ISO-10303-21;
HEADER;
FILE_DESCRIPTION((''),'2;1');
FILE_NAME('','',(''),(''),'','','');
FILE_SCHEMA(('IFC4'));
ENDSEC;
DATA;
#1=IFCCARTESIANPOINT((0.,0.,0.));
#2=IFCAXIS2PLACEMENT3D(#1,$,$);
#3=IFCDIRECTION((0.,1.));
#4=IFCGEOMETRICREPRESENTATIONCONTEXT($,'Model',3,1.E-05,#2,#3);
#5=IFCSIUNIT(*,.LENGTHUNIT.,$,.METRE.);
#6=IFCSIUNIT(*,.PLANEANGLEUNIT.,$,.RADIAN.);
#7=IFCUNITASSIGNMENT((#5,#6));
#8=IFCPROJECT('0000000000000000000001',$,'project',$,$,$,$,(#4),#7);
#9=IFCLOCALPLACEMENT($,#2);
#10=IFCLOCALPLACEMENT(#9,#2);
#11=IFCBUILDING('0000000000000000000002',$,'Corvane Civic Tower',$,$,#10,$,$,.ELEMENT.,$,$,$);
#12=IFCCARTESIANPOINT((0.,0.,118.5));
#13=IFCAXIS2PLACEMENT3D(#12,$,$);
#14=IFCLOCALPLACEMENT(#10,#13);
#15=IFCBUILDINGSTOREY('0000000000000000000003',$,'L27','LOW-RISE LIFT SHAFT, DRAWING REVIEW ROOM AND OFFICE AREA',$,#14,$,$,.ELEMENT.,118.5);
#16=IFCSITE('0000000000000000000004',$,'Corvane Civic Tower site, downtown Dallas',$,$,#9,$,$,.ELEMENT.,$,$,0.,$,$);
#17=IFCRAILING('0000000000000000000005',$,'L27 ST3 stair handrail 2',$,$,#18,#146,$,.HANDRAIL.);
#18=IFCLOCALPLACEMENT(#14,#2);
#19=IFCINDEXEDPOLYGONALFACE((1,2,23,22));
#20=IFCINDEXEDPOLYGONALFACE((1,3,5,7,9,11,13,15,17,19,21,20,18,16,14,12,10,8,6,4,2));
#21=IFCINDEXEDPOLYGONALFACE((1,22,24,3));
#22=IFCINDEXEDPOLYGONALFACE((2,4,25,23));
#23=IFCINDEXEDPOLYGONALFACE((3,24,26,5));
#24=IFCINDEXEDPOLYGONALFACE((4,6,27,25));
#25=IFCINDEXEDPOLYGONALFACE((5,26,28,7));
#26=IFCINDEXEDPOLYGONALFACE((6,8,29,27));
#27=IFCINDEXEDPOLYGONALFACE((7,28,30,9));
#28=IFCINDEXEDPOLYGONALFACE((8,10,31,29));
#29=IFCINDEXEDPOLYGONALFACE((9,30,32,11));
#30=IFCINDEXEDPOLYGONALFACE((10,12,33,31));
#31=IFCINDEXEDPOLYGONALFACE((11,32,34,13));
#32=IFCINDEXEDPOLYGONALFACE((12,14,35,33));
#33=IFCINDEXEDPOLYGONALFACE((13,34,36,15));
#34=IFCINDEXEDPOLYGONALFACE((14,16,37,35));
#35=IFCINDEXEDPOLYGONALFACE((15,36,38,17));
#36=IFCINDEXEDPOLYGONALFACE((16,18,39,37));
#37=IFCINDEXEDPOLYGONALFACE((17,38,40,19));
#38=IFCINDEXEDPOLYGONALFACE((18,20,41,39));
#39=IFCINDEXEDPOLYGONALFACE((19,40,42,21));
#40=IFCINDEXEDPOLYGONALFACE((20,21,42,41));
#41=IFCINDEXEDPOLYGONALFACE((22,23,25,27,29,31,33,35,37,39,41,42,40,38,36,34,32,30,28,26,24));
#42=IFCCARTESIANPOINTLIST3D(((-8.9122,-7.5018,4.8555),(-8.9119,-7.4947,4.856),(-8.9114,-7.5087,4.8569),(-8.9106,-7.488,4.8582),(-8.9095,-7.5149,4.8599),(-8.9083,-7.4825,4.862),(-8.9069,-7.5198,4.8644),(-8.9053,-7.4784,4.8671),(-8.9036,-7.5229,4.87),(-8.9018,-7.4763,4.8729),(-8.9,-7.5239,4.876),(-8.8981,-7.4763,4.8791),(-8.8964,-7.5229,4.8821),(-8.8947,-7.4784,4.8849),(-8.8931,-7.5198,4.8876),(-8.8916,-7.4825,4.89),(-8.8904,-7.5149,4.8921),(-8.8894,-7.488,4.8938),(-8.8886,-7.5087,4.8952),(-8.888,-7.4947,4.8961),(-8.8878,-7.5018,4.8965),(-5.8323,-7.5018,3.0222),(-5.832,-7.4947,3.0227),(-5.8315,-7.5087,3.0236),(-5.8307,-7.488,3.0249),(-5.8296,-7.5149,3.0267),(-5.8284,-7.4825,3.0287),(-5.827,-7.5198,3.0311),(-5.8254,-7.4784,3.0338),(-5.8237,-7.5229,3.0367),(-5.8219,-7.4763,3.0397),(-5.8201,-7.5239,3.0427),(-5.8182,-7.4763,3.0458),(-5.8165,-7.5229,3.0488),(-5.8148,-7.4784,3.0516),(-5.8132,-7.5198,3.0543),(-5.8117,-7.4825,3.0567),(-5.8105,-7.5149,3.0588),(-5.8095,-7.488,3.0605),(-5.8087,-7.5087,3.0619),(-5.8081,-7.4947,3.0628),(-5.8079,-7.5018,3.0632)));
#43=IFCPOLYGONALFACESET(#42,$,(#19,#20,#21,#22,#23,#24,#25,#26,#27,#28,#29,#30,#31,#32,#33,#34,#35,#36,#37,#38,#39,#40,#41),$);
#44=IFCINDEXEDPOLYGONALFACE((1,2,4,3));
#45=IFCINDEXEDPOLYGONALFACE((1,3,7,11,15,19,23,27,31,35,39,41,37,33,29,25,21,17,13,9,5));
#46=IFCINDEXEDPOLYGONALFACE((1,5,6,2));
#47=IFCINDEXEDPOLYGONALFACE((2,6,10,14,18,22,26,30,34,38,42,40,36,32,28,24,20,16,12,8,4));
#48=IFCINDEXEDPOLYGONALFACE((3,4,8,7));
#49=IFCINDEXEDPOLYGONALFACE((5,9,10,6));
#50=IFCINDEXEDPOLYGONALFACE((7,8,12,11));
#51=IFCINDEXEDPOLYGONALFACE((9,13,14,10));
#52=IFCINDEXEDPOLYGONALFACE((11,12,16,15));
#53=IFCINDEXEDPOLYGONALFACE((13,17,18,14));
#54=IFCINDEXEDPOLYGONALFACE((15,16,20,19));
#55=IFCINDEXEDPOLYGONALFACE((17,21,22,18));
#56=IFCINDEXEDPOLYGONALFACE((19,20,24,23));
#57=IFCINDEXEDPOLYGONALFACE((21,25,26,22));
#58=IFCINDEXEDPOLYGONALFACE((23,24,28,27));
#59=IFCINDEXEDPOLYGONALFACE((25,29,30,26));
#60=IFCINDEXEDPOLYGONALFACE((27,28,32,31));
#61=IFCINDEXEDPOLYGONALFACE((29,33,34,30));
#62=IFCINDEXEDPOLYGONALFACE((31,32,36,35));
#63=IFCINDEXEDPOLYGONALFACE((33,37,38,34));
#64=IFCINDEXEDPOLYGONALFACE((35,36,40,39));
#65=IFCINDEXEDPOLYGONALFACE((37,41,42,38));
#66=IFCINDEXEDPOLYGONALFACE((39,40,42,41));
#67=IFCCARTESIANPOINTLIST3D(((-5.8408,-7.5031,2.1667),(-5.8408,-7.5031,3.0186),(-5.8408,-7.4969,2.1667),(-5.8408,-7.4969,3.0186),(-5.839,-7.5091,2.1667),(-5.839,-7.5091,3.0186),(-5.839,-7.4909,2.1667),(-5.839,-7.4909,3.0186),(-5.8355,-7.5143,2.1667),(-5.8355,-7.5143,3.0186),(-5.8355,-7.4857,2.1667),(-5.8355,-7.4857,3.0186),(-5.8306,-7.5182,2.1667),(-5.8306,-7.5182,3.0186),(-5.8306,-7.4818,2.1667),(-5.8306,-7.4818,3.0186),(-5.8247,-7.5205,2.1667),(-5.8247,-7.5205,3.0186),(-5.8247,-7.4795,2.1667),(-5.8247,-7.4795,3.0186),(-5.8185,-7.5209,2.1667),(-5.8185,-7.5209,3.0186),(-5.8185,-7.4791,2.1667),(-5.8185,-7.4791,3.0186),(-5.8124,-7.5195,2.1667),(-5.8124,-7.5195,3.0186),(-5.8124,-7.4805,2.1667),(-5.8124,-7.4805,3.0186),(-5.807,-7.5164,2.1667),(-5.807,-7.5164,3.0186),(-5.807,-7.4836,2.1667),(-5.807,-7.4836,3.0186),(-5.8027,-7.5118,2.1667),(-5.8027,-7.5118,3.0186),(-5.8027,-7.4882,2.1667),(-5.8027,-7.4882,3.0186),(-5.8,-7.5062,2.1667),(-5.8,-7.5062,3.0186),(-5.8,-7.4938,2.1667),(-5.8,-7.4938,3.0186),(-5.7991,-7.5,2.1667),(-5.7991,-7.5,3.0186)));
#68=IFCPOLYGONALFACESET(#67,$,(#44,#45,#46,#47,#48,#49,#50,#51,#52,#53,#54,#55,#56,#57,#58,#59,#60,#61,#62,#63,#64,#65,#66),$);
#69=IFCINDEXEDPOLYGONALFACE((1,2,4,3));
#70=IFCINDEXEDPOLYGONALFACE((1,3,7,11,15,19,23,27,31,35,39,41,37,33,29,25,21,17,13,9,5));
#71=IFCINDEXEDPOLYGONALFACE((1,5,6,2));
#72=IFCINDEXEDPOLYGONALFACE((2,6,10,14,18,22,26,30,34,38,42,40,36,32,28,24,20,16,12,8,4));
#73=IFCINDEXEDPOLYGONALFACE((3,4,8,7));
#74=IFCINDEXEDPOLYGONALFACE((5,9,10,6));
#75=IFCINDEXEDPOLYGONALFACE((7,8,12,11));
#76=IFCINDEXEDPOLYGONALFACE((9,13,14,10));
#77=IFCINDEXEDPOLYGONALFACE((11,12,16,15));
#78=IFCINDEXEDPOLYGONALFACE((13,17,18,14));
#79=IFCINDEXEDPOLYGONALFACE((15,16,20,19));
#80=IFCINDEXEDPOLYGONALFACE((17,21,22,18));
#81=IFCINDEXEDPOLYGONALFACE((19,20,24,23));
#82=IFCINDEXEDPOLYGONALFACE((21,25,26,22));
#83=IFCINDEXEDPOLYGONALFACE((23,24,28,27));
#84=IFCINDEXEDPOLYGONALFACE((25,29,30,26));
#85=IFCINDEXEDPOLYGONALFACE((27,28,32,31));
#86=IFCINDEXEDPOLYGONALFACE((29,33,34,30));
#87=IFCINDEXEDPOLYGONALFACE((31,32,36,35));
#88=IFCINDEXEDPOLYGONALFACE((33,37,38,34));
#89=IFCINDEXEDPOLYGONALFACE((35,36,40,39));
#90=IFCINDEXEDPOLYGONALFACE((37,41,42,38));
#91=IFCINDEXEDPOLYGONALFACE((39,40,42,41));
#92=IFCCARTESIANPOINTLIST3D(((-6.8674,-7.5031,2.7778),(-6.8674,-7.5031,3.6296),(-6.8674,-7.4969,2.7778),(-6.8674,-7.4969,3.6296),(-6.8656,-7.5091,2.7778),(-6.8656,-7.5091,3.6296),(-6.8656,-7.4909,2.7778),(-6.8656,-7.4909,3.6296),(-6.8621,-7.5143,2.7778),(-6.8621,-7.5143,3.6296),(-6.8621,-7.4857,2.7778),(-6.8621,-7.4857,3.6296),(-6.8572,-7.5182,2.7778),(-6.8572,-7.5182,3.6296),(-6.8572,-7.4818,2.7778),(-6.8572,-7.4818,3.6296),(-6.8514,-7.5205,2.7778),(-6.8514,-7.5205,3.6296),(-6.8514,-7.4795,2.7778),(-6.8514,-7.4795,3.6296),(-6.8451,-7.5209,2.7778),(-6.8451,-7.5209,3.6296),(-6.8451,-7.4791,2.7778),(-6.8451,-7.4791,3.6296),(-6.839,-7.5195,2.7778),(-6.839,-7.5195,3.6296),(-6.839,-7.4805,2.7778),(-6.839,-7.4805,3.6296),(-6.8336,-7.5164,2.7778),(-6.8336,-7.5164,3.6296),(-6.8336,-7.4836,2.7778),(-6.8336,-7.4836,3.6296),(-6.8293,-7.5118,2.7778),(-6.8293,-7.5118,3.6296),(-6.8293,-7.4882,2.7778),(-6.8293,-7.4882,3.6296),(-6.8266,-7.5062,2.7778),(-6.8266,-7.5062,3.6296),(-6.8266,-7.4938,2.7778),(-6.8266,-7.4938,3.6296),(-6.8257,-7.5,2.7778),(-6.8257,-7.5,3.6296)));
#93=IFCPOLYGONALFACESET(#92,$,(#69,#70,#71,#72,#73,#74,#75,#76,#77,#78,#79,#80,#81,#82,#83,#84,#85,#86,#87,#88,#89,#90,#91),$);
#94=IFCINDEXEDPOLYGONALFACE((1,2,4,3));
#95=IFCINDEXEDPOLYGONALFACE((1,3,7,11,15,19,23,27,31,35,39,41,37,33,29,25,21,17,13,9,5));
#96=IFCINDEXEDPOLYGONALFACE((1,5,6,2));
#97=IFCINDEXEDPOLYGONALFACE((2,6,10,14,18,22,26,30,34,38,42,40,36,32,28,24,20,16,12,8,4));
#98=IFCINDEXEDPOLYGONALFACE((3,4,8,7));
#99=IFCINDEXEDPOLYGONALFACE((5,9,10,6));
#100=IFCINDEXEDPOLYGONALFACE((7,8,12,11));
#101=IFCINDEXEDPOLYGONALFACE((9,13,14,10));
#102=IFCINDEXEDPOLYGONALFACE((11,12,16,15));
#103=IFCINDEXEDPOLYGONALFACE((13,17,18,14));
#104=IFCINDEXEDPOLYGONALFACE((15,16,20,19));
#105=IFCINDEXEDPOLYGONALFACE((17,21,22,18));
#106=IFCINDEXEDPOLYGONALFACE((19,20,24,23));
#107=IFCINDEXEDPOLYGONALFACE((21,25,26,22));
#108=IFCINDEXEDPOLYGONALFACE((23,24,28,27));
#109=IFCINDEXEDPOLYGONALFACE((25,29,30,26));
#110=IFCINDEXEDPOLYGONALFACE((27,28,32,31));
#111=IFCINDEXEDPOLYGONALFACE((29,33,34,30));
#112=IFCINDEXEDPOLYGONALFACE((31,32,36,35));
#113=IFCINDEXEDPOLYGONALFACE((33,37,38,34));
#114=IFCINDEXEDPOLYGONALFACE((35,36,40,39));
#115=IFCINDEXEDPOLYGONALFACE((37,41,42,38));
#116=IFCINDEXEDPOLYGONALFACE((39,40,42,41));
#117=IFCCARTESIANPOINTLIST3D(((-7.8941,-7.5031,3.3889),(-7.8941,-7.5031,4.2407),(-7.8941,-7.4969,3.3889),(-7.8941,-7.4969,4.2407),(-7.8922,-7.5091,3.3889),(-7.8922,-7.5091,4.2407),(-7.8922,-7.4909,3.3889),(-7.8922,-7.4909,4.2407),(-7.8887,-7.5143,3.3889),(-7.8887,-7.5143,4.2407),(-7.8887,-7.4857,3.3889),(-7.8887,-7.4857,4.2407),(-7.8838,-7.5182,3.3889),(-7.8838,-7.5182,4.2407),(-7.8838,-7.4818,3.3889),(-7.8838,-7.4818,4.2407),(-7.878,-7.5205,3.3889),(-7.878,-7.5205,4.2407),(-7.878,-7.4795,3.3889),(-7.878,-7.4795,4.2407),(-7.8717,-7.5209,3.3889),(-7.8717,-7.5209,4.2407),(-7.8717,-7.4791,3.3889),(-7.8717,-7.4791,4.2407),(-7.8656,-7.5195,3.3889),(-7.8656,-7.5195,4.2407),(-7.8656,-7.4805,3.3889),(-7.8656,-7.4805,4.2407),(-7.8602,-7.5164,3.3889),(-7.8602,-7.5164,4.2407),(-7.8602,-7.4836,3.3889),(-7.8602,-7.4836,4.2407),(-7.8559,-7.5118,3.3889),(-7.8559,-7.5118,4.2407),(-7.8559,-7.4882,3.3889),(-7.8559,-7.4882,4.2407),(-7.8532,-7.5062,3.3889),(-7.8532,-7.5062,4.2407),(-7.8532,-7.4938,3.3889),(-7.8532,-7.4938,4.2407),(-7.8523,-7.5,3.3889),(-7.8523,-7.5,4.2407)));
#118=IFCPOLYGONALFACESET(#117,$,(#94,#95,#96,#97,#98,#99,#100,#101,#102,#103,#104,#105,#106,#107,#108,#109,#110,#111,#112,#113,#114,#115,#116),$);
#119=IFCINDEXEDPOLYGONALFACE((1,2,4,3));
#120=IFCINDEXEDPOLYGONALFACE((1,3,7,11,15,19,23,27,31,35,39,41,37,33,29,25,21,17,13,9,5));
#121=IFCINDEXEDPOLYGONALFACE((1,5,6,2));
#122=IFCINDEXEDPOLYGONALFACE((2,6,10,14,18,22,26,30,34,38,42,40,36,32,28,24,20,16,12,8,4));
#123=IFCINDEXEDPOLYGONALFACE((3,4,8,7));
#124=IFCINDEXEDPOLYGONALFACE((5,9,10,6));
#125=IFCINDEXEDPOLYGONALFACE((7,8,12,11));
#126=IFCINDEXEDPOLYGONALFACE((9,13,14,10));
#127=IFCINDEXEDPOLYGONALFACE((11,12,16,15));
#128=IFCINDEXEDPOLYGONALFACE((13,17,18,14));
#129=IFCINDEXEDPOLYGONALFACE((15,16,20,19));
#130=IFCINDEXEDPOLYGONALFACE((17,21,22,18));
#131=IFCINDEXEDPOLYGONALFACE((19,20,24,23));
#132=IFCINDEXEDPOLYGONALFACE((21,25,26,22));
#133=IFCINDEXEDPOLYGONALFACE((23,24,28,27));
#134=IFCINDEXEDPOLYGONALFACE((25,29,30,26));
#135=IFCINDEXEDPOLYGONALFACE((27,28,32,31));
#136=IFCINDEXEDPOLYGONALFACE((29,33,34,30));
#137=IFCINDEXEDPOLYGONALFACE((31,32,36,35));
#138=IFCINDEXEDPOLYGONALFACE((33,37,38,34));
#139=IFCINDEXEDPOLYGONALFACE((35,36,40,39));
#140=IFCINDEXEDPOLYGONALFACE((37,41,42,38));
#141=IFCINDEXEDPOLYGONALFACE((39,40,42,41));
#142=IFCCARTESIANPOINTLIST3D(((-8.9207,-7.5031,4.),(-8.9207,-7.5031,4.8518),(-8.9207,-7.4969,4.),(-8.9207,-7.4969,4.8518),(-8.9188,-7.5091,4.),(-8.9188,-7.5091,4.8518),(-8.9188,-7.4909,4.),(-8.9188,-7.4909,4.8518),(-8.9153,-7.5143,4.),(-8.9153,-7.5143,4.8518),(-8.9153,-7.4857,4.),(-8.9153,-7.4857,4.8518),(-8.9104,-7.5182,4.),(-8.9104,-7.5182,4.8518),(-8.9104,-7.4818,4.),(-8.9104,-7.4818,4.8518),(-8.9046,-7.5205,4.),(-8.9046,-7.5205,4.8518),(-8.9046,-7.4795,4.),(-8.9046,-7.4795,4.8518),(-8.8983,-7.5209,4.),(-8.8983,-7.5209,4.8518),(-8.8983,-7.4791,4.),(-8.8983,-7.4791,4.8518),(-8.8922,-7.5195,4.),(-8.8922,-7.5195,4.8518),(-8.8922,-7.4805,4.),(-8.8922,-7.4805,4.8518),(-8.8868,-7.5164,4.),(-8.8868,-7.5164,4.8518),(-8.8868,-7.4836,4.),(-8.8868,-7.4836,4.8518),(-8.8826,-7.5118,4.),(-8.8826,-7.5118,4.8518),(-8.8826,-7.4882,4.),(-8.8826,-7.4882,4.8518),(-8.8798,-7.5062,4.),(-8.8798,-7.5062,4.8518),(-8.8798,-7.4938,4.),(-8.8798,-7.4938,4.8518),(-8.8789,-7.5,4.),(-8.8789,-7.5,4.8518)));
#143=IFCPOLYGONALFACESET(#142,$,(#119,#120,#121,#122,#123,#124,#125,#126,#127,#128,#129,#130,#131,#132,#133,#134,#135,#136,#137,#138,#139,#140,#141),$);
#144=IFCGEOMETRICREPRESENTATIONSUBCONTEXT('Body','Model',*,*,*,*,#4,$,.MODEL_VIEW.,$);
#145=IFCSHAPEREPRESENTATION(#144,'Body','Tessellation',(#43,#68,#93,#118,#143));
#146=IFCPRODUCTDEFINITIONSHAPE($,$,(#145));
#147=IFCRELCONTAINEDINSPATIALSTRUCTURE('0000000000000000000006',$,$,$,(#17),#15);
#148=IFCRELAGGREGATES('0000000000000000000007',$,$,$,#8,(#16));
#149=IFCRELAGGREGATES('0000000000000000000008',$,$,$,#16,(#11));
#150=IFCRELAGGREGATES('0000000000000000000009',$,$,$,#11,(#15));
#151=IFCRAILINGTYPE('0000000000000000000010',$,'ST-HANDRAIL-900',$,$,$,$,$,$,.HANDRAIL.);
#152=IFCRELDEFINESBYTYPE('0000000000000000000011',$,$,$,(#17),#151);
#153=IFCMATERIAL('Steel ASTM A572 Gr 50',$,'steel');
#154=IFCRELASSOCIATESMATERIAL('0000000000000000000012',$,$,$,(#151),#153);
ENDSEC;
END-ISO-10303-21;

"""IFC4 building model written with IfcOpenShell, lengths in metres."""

from ifc_helpers import new_model, si_unit, direction, frame, origin, origin_2d, place, context, subcontext, project, spatial, circle, extrude, material, type_object, element, save


model = new_model("IFC4")

# Units and contexts
model_context = context("Model", 3, precision=1e-05, world=origin(), true_north=direction((0.0, 1.0)))
body_context = subcontext(model_context, "Body", "Model", "MODEL_VIEW")
ifc_project = project(units=[si_unit("LENGTHUNIT", "METRE"), si_unit("PLANEANGLEUNIT", "RADIAN")], contexts=[model_context])

# Site, building, storey
site_placement = place(None, origin())
site = spatial("IfcSite", under=ifc_project, at=site_placement, Name="Corvane Civic Tower site, downtown Dallas", CompositionType="ELEMENT", RefElevation=0.0)
building_placement = place(site_placement, origin())
building = spatial("IfcBuilding", under=site, at=building_placement, Name="Corvane Civic Tower", CompositionType="ELEMENT")
storey_placement = place(building_placement, frame((0.0, 0.0, 118.5)))
storey = spatial("IfcBuildingStorey", under=building, at=storey_placement, Name="L27", Description="LOW-RISE LIFT SHAFT, DRAWING REVIEW ROOM AND OFFICE AREA", CompositionType="ELEMENT", Elevation=118.5)

# Railing
ifc_material_1 = material(Name="Steel ASTM A572 Gr 50", Category="steel")
railing_type_1 = type_object("IfcRailingType", Name="ST-HANDRAIL-900", PredefinedType="HANDRAIL", material=ifc_material_1)
railing_1_placement = place(storey_placement, frame((-5.8201, -7.5, 2.1667)))
element("IfcRailing", 1, at=railing_1_placement, inside=storey, type_object=railing_type_1, Name="L27 ST3 stair handrail 2", PredefinedType="HANDRAIL", context=body_context, shape_type="SweptSolid", body=[
    extrude(circle(Radius=0.0239, at=origin_2d()), frame((0.0, 0.0, 0.876), z_axis=(-0.859291, 0.0, 0.511487), x_axis=(0.0, -1.0, 0.0)), (0.0, 0.0, 1.0), 3.5842),
    extrude(circle(Radius=0.021, at=origin_2d()), origin(), (0.0, 0.0, 1.0), 0.8518),
    extrude(circle(Radius=0.021, at=origin_2d()), frame((-1.0266, 0.0, 0.6111)), (0.0, 0.0, 1.0), 0.8518),
    extrude(circle(Radius=0.021, at=origin_2d()), frame((-2.0532, 0.0, 1.2222)), (0.0, 0.0, 1.0), 0.8518),
    extrude(circle(Radius=0.021, at=origin_2d()), frame((-3.0798, 0.0, 1.8333)), (0.0, 0.0, 1.0), 0.8518),
])

save(model, "model.ifc")
